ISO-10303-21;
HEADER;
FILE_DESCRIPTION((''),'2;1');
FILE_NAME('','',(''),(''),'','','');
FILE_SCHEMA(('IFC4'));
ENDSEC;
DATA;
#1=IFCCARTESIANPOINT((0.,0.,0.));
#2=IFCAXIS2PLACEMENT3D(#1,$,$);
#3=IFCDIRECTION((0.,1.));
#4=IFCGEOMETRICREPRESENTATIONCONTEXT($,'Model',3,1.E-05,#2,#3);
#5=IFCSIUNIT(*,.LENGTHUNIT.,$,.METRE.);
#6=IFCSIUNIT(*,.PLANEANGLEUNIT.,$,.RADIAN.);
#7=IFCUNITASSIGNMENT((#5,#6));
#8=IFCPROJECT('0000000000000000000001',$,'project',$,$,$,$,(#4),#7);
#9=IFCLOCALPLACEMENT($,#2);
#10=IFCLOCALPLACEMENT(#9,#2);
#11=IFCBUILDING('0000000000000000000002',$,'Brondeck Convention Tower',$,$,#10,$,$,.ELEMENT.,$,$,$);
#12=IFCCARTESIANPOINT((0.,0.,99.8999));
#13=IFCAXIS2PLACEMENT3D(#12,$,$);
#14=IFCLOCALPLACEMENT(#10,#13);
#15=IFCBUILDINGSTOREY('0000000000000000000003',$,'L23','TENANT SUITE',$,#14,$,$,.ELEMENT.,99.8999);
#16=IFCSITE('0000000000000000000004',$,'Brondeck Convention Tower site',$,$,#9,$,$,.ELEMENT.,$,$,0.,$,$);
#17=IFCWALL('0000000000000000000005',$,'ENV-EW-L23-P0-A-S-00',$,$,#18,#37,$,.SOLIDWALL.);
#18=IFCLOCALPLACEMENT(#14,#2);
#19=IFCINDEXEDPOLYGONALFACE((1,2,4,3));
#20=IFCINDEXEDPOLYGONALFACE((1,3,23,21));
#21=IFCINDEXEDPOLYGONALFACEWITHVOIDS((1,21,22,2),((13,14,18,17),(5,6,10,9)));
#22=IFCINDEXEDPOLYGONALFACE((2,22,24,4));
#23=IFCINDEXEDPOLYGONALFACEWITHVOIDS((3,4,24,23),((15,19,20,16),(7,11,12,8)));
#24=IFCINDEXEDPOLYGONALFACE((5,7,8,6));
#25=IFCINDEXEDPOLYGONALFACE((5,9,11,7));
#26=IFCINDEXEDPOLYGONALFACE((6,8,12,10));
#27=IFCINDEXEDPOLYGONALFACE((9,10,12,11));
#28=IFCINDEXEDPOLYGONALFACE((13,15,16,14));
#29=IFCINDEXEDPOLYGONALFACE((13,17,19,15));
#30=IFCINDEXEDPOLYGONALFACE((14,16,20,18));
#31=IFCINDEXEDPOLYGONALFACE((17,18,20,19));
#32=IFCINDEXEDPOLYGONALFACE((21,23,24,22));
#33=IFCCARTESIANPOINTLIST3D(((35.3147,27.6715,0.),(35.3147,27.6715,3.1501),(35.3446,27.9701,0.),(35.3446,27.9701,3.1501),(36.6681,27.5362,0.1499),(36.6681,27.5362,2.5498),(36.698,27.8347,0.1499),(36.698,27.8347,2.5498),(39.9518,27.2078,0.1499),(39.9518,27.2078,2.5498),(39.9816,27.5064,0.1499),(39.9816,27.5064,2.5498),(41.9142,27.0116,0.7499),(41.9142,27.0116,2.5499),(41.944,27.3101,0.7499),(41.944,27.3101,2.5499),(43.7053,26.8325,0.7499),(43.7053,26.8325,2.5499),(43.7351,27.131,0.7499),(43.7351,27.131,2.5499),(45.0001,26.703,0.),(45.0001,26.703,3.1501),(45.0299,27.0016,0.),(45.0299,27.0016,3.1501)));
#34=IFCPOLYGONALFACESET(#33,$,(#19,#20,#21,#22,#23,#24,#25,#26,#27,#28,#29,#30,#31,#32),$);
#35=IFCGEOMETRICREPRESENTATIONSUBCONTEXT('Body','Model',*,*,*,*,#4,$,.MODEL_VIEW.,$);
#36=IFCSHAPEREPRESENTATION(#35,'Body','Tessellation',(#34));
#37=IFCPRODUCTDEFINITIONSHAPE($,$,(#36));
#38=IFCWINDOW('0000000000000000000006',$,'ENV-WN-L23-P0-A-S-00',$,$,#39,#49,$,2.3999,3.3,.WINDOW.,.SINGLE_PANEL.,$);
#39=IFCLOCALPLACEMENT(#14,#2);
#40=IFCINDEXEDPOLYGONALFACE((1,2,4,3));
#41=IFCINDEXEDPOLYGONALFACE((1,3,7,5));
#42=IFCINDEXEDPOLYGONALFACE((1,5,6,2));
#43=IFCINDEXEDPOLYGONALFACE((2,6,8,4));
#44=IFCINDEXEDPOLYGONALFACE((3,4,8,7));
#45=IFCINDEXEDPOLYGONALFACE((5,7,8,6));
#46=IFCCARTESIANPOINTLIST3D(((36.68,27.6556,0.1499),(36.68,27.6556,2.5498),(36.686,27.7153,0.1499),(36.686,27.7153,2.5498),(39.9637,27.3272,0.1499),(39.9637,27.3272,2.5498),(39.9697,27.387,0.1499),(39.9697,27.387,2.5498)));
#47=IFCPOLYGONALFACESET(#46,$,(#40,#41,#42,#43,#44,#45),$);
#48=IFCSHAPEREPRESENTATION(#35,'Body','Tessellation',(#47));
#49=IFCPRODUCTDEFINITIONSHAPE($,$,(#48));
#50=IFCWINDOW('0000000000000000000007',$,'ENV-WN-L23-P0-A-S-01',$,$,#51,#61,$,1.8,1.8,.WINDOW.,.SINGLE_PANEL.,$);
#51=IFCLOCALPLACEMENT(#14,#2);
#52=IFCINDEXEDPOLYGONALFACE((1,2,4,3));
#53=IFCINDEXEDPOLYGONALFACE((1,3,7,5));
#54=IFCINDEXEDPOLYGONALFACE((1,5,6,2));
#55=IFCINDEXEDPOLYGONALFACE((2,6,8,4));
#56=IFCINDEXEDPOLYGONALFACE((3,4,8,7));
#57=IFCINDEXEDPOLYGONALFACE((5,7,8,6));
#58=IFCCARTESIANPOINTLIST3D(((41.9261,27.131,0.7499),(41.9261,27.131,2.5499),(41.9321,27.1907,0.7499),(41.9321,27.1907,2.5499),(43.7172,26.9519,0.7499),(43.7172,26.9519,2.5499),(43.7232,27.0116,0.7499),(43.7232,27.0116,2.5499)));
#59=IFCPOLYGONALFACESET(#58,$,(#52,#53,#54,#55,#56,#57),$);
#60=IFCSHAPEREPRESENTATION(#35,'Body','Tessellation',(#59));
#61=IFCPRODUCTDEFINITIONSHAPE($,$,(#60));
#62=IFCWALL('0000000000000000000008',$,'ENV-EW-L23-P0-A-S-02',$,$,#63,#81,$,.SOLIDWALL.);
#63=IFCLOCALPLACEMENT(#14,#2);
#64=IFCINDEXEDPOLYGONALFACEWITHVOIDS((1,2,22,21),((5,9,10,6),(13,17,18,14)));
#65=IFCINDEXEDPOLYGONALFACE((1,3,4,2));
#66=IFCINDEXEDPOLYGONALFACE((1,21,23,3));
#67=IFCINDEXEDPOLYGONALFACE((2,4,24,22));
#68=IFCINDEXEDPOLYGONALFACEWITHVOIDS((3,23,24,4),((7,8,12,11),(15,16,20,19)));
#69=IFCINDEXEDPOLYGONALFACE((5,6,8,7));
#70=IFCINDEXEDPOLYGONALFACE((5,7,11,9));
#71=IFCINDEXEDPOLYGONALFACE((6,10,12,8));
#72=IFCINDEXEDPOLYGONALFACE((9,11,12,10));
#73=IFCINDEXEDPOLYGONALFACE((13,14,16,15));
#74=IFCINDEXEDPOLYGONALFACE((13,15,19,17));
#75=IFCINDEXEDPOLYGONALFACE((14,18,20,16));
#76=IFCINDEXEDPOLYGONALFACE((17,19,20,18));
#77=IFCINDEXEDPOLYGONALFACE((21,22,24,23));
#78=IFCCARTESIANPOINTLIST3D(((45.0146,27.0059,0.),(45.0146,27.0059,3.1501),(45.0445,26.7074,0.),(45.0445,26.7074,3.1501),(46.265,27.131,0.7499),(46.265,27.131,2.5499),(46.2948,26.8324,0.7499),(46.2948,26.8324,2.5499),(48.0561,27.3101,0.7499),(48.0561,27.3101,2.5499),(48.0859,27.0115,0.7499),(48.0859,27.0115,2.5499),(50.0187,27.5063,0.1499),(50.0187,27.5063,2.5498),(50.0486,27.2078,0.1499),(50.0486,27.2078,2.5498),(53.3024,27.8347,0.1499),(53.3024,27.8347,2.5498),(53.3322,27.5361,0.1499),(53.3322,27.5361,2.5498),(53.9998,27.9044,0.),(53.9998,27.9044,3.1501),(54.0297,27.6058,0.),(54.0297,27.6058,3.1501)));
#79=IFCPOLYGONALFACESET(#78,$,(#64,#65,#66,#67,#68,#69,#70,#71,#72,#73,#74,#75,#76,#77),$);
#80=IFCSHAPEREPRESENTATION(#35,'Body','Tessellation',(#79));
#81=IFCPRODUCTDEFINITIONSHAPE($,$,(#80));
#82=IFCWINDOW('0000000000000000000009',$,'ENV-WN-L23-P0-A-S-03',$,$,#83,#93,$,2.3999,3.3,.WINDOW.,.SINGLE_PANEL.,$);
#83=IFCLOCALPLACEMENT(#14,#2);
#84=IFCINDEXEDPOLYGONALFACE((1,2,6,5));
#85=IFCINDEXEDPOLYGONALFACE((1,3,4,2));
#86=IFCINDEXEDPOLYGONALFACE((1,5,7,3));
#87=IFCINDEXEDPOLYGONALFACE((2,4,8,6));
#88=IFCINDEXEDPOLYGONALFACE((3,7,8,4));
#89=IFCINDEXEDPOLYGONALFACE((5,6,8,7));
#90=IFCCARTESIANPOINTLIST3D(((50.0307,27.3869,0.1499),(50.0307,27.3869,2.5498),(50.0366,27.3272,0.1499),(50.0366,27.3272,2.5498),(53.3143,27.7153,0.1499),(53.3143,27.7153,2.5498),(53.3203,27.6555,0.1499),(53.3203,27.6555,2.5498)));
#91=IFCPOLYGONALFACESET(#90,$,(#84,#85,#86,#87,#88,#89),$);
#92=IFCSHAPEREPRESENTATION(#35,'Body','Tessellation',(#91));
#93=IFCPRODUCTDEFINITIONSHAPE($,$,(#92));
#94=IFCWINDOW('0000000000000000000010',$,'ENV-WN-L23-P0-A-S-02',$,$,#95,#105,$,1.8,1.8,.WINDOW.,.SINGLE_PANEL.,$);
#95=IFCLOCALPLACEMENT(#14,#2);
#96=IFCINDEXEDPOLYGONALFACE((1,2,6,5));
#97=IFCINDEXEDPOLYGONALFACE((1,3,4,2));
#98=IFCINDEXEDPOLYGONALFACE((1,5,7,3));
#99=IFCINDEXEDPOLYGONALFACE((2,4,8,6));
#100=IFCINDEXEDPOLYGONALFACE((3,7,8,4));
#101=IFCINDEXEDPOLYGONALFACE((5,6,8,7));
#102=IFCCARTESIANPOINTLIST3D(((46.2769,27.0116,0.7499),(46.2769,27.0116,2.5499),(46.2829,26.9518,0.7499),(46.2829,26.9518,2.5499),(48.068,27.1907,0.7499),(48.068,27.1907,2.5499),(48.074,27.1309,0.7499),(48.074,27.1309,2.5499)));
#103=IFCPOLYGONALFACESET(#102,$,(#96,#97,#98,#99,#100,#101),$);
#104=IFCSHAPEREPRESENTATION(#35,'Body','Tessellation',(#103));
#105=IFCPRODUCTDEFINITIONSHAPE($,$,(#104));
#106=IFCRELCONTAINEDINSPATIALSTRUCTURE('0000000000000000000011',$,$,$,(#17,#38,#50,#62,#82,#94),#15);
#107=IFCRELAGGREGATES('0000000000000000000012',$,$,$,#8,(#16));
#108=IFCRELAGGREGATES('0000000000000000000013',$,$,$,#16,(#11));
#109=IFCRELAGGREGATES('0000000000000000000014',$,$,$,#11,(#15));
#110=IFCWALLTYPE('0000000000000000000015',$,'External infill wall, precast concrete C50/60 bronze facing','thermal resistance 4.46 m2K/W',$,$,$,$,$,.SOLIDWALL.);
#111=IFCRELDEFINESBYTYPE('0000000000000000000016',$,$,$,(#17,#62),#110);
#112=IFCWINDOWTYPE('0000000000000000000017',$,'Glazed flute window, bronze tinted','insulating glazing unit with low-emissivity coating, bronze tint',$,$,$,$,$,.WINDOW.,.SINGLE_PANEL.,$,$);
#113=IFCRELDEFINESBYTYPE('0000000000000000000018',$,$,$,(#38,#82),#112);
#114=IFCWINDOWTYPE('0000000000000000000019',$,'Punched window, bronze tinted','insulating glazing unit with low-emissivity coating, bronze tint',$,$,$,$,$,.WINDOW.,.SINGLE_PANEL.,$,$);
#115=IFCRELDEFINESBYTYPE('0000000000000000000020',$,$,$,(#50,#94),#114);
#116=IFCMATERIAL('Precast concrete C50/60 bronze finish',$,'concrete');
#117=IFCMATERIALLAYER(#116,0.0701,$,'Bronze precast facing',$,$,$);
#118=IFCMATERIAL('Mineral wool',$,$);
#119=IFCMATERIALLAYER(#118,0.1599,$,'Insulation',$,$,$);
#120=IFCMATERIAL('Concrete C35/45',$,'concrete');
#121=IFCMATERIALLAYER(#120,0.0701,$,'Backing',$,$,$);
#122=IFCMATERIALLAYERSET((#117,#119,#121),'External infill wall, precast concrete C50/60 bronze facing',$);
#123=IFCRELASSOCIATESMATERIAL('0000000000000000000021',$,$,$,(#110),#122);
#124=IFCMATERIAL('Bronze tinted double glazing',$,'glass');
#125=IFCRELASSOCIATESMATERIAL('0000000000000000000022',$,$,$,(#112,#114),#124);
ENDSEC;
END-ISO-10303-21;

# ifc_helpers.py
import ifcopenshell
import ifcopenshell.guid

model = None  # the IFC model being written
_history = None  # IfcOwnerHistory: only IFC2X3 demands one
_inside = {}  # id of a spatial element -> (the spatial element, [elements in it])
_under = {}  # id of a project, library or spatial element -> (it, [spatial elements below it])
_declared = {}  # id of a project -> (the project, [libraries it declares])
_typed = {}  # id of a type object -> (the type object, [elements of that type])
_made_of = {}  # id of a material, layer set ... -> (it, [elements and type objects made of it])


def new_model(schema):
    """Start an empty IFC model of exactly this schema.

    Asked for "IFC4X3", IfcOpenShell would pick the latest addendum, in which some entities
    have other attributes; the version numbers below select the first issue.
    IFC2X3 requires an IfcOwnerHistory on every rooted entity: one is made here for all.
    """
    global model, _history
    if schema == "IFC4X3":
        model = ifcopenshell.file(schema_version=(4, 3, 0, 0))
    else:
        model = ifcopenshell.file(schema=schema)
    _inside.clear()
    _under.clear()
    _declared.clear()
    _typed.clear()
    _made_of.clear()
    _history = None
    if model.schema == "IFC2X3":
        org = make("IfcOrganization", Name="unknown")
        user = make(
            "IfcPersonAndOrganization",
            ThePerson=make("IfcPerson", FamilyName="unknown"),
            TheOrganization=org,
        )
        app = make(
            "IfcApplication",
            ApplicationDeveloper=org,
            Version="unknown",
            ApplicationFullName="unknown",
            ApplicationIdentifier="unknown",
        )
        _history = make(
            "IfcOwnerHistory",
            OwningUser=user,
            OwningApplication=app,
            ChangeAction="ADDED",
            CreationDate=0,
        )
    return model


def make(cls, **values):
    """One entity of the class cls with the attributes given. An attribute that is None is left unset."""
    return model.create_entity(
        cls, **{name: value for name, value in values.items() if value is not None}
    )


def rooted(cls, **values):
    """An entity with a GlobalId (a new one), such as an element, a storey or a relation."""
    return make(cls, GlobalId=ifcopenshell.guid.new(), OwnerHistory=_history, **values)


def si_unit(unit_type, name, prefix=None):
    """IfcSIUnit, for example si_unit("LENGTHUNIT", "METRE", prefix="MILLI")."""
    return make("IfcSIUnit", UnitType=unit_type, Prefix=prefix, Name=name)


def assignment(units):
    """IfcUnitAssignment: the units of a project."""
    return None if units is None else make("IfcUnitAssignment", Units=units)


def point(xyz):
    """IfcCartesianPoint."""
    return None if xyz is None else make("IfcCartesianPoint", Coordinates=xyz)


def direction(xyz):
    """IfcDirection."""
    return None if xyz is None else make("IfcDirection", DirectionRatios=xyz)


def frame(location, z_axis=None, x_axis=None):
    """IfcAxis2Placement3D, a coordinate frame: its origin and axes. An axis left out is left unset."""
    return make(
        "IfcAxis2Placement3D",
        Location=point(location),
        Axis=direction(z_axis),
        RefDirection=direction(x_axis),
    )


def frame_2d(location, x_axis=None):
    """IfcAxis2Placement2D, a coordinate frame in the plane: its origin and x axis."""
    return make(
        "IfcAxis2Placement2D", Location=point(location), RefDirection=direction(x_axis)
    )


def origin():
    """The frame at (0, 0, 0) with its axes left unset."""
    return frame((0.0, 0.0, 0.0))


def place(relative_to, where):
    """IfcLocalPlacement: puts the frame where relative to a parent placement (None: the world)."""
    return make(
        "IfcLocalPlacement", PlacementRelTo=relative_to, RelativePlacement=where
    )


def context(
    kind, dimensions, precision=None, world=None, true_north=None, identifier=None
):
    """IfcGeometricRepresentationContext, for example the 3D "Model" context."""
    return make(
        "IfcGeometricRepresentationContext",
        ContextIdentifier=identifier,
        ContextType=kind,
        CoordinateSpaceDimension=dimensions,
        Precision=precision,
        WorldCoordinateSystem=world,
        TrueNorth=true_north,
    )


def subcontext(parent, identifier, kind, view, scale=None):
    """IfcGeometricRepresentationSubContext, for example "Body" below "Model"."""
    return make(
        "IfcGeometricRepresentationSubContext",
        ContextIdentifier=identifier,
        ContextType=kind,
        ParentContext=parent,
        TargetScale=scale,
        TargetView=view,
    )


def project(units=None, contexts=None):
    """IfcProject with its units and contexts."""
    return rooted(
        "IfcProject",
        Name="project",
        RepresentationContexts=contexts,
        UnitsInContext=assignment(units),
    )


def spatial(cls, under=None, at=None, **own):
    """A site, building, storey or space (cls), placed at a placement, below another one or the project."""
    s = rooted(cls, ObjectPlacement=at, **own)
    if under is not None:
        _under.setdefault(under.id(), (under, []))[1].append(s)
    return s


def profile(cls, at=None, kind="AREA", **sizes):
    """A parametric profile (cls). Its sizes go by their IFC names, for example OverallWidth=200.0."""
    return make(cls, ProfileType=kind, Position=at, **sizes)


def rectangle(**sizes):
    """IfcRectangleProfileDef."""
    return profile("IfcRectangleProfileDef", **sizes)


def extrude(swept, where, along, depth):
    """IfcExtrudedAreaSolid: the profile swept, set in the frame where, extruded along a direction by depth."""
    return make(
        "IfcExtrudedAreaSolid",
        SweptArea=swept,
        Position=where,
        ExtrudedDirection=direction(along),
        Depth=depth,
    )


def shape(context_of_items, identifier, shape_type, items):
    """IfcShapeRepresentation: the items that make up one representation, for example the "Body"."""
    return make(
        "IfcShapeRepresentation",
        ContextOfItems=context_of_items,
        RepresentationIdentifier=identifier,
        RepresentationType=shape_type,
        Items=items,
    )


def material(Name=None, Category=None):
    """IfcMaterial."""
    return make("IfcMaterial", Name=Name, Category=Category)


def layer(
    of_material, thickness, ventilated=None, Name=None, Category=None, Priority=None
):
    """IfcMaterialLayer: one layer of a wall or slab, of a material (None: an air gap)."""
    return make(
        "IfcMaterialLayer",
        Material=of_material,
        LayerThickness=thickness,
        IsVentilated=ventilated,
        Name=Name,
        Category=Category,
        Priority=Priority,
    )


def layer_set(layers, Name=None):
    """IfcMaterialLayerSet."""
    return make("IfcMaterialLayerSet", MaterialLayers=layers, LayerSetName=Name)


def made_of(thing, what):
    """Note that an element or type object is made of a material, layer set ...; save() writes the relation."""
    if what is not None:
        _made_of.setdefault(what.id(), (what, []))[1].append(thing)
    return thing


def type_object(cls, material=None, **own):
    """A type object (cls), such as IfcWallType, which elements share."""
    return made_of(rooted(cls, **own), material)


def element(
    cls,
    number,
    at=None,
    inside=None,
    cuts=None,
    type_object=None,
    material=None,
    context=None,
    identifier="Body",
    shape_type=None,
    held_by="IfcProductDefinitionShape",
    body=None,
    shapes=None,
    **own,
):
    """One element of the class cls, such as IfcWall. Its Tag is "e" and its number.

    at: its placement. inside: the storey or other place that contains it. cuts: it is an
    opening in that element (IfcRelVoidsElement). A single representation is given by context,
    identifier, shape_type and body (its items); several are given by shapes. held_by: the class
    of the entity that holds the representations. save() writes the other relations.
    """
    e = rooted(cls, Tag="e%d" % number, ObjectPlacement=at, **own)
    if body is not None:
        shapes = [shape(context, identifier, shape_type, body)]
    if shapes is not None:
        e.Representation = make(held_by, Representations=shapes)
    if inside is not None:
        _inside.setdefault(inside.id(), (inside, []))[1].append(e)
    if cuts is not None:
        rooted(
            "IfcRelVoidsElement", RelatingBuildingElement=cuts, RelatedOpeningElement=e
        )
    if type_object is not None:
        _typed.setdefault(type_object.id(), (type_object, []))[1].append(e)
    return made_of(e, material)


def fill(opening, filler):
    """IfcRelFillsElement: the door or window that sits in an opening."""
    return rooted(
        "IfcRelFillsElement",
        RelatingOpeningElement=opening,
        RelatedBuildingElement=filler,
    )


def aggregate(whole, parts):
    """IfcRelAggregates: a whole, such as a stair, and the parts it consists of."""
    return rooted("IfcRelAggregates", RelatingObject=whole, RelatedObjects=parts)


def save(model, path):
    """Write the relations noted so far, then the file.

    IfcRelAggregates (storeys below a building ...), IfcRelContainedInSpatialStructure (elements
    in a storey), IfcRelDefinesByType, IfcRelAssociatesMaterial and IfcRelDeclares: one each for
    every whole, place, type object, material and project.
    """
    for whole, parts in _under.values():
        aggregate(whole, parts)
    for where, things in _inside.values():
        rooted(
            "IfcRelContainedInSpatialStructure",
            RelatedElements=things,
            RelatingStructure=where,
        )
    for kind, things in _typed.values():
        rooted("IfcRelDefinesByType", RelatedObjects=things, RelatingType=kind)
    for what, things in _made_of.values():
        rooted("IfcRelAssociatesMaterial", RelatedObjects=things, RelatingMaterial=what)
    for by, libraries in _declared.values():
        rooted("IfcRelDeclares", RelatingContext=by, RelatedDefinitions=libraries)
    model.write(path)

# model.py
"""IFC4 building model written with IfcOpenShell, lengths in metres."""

from ifc_helpers import new_model, si_unit, direction, frame, frame_2d, origin, place, context, subcontext, project, spatial, rectangle, extrude, material, layer, layer_set, type_object, element, fill, save


model = new_model("IFC4")

# Units and contexts
model_context = context("Model", 3, precision=1e-05, world=origin(), true_north=direction((0.0, 1.0)))
body_context = subcontext(model_context, "Body", "Model", "MODEL_VIEW")
ifc_project = project(units=[si_unit("LENGTHUNIT", "METRE"), si_unit("PLANEANGLEUNIT", "RADIAN")], contexts=[model_context])

# Site, building, storey
site_placement = place(None, origin())
site = spatial("IfcSite", under=ifc_project, at=site_placement, Name="Brondeck Convention Tower site", CompositionType="ELEMENT", RefElevation=0.0)
building_placement = place(site_placement, origin())
building = spatial("IfcBuilding", under=site, at=building_placement, Name="Brondeck Convention Tower", CompositionType="ELEMENT")
storey_placement = place(building_placement, frame((0.0, 0.0, 99.8999)))
storey = spatial("IfcBuildingStorey", under=building, at=storey_placement, Name="L23", Description="TENANT SUITE", CompositionType="ELEMENT", Elevation=99.8999)

# Walls, openings, windows
ifc_material_1 = material(Name="Precast concrete C50/60 bronze finish", Category="concrete")
ifc_layer_1 = layer(ifc_material_1, 0.0701, Name="Bronze precast facing")
ifc_material_2 = material(Name="Mineral wool")
ifc_layer_2 = layer(ifc_material_2, 0.1599, Name="Insulation")
ifc_material_3 = material(Name="Concrete C35/45", Category="concrete")
ifc_layer_3 = layer(ifc_material_3, 0.0701, Name="Backing")
ifc_layer_set = layer_set([ifc_layer_1, ifc_layer_2, ifc_layer_3], Name="External infill wall, precast concrete C50/60 bronze facing")
wall_type = type_object("IfcWallType", Name="External infill wall, precast concrete C50/60 bronze facing", Description="thermal resistance 4.46 m2K/W", PredefinedType="SOLIDWALL", material=ifc_layer_set)
wall_1_placement = place(storey_placement, frame((45.0149, 26.8523, 0.0), z_axis=(0.0, 0.0, 1.0), x_axis=(-0.995037, 0.099501, 0.0)))
wall_1 = element("IfcWall", 1, at=wall_1_placement, inside=storey, type_object=wall_type, Name="ENV-EW-L23-P0-A-S-00", PredefinedType="SOLIDWALL", context=body_context, shape_type="SweptSolid", body=[
    extrude(rectangle(XDim=9.7336, YDim=0.3, at=frame_2d((4.8667, 0.0))), origin(), (0.0, 0.0, 1.0), 3.1501),
])
opening_1_placement = place(wall_1_placement, frame((1.3013, 0.0, 0.75)))
opening_1 = element("IfcOpeningElement", 2, at=opening_1_placement, cuts=wall_1, PredefinedType="OPENING", context=body_context, shape_type="SweptSolid", body=[
    extrude(rectangle(XDim=1.8, YDim=1.8, at=frame_2d((0.8999, 0.8999))), frame((0.0, 0.1599, 0.0), z_axis=(0.0, -1.0, 0.0), x_axis=(1.0, 0.0, 0.0)), (0.0, 0.0, 1.0), 0.3201),
])
opening_2_placement = place(wall_1_placement, frame((5.0735, 0.0, 0.1499)))
opening_2 = element("IfcOpeningElement", 3, at=opening_2_placement, cuts=wall_1, PredefinedType="OPENING", context=body_context, shape_type="SweptSolid", body=[
    extrude(rectangle(XDim=3.3, YDim=2.3999, at=frame_2d((1.6499, 1.2))), frame((0.0, 0.1599, 0.0), z_axis=(0.0, -1.0, 0.0), x_axis=(1.0, 0.0, 0.0)), (0.0, 0.0, 1.0), 0.3201),
])
ifc_material_4 = material(Name="Bronze tinted double glazing", Category="glass")
window_type_1 = type_object("IfcWindowType", Name="Glazed flute window, bronze tinted", Description="insulating glazing unit with low-emissivity coating, bronze tint", PartitioningType="SINGLE_PANEL", PredefinedType="WINDOW", material=ifc_material_4)
window_1_placement = place(opening_2_placement, origin())
window_1 = element("IfcWindow", 4, at=window_1_placement, inside=storey, type_object=window_type_1, Name="ENV-WN-L23-P0-A-S-00", OverallHeight=2.3999, OverallWidth=3.3, PartitioningType="SINGLE_PANEL", PredefinedType="WINDOW", context=body_context, shape_type="SweptSolid", body=[
    extrude(rectangle(XDim=3.3, YDim=2.3999, at=frame_2d((1.6499, 1.2))), frame((0.0, 0.03, 0.0), z_axis=(0.0, -1.0, 0.0), x_axis=(1.0, 0.0, 0.0)), (0.0, 0.0, 1.0), 0.0601),
])
fill(opening_2, window_1)
window_type_2 = type_object("IfcWindowType", Name="Punched window, bronze tinted", Description="insulating glazing unit with low-emissivity coating, bronze tint", PartitioningType="SINGLE_PANEL", PredefinedType="WINDOW", material=ifc_material_4)
window_2_placement = place(opening_1_placement, origin())
window_2 = element("IfcWindow", 5, at=window_2_placement, inside=storey, type_object=window_type_2, Name="ENV-WN-L23-P0-A-S-01", OverallHeight=1.8, OverallWidth=1.8, PartitioningType="SINGLE_PANEL", PredefinedType="WINDOW", context=body_context, shape_type="SweptSolid", body=[
    extrude(rectangle(XDim=1.8, YDim=1.8, at=frame_2d((0.8999, 0.8999))), frame((0.0, 0.03, 0.0), z_axis=(0.0, -1.0, 0.0), x_axis=(1.0, 0.0, 0.0)), (0.0, 0.0, 1.0), 0.0601),
])
fill(opening_1, window_2)
wall_2_placement = place(storey_placement, frame((54.0149, 27.7551, 0.0), z_axis=(0.0, 0.0, 1.0), x_axis=(-0.995038, -0.099496, 0.0)))
wall_2 = element("IfcWall", 6, at=wall_2_placement, inside=storey, type_object=wall_type, Name="ENV-EW-L23-P0-A-S-02", PredefinedType="SOLIDWALL", context=body_context, shape_type="SweptSolid", body=[
    extrude(rectangle(XDim=9.03, YDim=0.3, at=frame_2d((4.5151, 0.0))), origin(), (0.0, 0.0, 1.0), 3.1501),
])
opening_3_placement = place(wall_2_placement, frame((0.7012, 0.0, 0.1499)))
opening_3 = element("IfcOpeningElement", 7, at=opening_3_placement, cuts=wall_2, PredefinedType="OPENING", context=body_context, shape_type="SweptSolid", body=[
    extrude(rectangle(XDim=3.3, YDim=2.3999, at=frame_2d((1.6499, 1.2))), frame((0.0, 0.1599, 0.0), z_axis=(0.0, -1.0, 0.0), x_axis=(1.0, 0.0, 0.0)), (0.0, 0.0, 1.0), 0.3201),
])
opening_4_placement = place(wall_2_placement, frame((5.9736, 0.0, 0.75)))
opening_4 = element("IfcOpeningElement", 8, at=opening_4_placement, cuts=wall_2, PredefinedType="OPENING", context=body_context, shape_type="SweptSolid", body=[
    extrude(rectangle(XDim=1.8, YDim=1.8, at=frame_2d((0.8999, 0.8999))), frame((0.0, 0.1599, 0.0), z_axis=(0.0, -1.0, 0.0), x_axis=(1.0, 0.0, 0.0)), (0.0, 0.0, 1.0), 0.3201),
])
window_3_placement = place(opening_3_placement, origin())
window_3 = element("IfcWindow", 9, at=window_3_placement, inside=storey, type_object=window_type_1, Name="ENV-WN-L23-P0-A-S-03", OverallHeight=2.3999, OverallWidth=3.3, PartitioningType="SINGLE_PANEL", PredefinedType="WINDOW", context=body_context, shape_type="SweptSolid", body=[
    extrude(rectangle(XDim=3.3, YDim=2.3999, at=frame_2d((1.6499, 1.2))), frame((0.0, 0.03, 0.0), z_axis=(0.0, -1.0, 0.0), x_axis=(1.0, 0.0, 0.0)), (0.0, 0.0, 1.0), 0.0601),
])
fill(opening_3, window_3)
window_4_placement = place(opening_4_placement, origin())
window_4 = element("IfcWindow", 10, at=window_4_placement, inside=storey, type_object=window_type_2, Name="ENV-WN-L23-P0-A-S-02", OverallHeight=1.8, OverallWidth=1.8, PartitioningType="SINGLE_PANEL", PredefinedType="WINDOW", context=body_context, shape_type="SweptSolid", body=[
    extrude(rectangle(XDim=1.8, YDim=1.8, at=frame_2d((0.8999, 0.8999))), frame((0.0, 0.03, 0.0), z_axis=(0.0, -1.0, 0.0), x_axis=(1.0, 0.0, 0.0)), (0.0, 0.0, 1.0), 0.0601),
])
fill(opening_4, window_4)

save(model, "model.ifc")
